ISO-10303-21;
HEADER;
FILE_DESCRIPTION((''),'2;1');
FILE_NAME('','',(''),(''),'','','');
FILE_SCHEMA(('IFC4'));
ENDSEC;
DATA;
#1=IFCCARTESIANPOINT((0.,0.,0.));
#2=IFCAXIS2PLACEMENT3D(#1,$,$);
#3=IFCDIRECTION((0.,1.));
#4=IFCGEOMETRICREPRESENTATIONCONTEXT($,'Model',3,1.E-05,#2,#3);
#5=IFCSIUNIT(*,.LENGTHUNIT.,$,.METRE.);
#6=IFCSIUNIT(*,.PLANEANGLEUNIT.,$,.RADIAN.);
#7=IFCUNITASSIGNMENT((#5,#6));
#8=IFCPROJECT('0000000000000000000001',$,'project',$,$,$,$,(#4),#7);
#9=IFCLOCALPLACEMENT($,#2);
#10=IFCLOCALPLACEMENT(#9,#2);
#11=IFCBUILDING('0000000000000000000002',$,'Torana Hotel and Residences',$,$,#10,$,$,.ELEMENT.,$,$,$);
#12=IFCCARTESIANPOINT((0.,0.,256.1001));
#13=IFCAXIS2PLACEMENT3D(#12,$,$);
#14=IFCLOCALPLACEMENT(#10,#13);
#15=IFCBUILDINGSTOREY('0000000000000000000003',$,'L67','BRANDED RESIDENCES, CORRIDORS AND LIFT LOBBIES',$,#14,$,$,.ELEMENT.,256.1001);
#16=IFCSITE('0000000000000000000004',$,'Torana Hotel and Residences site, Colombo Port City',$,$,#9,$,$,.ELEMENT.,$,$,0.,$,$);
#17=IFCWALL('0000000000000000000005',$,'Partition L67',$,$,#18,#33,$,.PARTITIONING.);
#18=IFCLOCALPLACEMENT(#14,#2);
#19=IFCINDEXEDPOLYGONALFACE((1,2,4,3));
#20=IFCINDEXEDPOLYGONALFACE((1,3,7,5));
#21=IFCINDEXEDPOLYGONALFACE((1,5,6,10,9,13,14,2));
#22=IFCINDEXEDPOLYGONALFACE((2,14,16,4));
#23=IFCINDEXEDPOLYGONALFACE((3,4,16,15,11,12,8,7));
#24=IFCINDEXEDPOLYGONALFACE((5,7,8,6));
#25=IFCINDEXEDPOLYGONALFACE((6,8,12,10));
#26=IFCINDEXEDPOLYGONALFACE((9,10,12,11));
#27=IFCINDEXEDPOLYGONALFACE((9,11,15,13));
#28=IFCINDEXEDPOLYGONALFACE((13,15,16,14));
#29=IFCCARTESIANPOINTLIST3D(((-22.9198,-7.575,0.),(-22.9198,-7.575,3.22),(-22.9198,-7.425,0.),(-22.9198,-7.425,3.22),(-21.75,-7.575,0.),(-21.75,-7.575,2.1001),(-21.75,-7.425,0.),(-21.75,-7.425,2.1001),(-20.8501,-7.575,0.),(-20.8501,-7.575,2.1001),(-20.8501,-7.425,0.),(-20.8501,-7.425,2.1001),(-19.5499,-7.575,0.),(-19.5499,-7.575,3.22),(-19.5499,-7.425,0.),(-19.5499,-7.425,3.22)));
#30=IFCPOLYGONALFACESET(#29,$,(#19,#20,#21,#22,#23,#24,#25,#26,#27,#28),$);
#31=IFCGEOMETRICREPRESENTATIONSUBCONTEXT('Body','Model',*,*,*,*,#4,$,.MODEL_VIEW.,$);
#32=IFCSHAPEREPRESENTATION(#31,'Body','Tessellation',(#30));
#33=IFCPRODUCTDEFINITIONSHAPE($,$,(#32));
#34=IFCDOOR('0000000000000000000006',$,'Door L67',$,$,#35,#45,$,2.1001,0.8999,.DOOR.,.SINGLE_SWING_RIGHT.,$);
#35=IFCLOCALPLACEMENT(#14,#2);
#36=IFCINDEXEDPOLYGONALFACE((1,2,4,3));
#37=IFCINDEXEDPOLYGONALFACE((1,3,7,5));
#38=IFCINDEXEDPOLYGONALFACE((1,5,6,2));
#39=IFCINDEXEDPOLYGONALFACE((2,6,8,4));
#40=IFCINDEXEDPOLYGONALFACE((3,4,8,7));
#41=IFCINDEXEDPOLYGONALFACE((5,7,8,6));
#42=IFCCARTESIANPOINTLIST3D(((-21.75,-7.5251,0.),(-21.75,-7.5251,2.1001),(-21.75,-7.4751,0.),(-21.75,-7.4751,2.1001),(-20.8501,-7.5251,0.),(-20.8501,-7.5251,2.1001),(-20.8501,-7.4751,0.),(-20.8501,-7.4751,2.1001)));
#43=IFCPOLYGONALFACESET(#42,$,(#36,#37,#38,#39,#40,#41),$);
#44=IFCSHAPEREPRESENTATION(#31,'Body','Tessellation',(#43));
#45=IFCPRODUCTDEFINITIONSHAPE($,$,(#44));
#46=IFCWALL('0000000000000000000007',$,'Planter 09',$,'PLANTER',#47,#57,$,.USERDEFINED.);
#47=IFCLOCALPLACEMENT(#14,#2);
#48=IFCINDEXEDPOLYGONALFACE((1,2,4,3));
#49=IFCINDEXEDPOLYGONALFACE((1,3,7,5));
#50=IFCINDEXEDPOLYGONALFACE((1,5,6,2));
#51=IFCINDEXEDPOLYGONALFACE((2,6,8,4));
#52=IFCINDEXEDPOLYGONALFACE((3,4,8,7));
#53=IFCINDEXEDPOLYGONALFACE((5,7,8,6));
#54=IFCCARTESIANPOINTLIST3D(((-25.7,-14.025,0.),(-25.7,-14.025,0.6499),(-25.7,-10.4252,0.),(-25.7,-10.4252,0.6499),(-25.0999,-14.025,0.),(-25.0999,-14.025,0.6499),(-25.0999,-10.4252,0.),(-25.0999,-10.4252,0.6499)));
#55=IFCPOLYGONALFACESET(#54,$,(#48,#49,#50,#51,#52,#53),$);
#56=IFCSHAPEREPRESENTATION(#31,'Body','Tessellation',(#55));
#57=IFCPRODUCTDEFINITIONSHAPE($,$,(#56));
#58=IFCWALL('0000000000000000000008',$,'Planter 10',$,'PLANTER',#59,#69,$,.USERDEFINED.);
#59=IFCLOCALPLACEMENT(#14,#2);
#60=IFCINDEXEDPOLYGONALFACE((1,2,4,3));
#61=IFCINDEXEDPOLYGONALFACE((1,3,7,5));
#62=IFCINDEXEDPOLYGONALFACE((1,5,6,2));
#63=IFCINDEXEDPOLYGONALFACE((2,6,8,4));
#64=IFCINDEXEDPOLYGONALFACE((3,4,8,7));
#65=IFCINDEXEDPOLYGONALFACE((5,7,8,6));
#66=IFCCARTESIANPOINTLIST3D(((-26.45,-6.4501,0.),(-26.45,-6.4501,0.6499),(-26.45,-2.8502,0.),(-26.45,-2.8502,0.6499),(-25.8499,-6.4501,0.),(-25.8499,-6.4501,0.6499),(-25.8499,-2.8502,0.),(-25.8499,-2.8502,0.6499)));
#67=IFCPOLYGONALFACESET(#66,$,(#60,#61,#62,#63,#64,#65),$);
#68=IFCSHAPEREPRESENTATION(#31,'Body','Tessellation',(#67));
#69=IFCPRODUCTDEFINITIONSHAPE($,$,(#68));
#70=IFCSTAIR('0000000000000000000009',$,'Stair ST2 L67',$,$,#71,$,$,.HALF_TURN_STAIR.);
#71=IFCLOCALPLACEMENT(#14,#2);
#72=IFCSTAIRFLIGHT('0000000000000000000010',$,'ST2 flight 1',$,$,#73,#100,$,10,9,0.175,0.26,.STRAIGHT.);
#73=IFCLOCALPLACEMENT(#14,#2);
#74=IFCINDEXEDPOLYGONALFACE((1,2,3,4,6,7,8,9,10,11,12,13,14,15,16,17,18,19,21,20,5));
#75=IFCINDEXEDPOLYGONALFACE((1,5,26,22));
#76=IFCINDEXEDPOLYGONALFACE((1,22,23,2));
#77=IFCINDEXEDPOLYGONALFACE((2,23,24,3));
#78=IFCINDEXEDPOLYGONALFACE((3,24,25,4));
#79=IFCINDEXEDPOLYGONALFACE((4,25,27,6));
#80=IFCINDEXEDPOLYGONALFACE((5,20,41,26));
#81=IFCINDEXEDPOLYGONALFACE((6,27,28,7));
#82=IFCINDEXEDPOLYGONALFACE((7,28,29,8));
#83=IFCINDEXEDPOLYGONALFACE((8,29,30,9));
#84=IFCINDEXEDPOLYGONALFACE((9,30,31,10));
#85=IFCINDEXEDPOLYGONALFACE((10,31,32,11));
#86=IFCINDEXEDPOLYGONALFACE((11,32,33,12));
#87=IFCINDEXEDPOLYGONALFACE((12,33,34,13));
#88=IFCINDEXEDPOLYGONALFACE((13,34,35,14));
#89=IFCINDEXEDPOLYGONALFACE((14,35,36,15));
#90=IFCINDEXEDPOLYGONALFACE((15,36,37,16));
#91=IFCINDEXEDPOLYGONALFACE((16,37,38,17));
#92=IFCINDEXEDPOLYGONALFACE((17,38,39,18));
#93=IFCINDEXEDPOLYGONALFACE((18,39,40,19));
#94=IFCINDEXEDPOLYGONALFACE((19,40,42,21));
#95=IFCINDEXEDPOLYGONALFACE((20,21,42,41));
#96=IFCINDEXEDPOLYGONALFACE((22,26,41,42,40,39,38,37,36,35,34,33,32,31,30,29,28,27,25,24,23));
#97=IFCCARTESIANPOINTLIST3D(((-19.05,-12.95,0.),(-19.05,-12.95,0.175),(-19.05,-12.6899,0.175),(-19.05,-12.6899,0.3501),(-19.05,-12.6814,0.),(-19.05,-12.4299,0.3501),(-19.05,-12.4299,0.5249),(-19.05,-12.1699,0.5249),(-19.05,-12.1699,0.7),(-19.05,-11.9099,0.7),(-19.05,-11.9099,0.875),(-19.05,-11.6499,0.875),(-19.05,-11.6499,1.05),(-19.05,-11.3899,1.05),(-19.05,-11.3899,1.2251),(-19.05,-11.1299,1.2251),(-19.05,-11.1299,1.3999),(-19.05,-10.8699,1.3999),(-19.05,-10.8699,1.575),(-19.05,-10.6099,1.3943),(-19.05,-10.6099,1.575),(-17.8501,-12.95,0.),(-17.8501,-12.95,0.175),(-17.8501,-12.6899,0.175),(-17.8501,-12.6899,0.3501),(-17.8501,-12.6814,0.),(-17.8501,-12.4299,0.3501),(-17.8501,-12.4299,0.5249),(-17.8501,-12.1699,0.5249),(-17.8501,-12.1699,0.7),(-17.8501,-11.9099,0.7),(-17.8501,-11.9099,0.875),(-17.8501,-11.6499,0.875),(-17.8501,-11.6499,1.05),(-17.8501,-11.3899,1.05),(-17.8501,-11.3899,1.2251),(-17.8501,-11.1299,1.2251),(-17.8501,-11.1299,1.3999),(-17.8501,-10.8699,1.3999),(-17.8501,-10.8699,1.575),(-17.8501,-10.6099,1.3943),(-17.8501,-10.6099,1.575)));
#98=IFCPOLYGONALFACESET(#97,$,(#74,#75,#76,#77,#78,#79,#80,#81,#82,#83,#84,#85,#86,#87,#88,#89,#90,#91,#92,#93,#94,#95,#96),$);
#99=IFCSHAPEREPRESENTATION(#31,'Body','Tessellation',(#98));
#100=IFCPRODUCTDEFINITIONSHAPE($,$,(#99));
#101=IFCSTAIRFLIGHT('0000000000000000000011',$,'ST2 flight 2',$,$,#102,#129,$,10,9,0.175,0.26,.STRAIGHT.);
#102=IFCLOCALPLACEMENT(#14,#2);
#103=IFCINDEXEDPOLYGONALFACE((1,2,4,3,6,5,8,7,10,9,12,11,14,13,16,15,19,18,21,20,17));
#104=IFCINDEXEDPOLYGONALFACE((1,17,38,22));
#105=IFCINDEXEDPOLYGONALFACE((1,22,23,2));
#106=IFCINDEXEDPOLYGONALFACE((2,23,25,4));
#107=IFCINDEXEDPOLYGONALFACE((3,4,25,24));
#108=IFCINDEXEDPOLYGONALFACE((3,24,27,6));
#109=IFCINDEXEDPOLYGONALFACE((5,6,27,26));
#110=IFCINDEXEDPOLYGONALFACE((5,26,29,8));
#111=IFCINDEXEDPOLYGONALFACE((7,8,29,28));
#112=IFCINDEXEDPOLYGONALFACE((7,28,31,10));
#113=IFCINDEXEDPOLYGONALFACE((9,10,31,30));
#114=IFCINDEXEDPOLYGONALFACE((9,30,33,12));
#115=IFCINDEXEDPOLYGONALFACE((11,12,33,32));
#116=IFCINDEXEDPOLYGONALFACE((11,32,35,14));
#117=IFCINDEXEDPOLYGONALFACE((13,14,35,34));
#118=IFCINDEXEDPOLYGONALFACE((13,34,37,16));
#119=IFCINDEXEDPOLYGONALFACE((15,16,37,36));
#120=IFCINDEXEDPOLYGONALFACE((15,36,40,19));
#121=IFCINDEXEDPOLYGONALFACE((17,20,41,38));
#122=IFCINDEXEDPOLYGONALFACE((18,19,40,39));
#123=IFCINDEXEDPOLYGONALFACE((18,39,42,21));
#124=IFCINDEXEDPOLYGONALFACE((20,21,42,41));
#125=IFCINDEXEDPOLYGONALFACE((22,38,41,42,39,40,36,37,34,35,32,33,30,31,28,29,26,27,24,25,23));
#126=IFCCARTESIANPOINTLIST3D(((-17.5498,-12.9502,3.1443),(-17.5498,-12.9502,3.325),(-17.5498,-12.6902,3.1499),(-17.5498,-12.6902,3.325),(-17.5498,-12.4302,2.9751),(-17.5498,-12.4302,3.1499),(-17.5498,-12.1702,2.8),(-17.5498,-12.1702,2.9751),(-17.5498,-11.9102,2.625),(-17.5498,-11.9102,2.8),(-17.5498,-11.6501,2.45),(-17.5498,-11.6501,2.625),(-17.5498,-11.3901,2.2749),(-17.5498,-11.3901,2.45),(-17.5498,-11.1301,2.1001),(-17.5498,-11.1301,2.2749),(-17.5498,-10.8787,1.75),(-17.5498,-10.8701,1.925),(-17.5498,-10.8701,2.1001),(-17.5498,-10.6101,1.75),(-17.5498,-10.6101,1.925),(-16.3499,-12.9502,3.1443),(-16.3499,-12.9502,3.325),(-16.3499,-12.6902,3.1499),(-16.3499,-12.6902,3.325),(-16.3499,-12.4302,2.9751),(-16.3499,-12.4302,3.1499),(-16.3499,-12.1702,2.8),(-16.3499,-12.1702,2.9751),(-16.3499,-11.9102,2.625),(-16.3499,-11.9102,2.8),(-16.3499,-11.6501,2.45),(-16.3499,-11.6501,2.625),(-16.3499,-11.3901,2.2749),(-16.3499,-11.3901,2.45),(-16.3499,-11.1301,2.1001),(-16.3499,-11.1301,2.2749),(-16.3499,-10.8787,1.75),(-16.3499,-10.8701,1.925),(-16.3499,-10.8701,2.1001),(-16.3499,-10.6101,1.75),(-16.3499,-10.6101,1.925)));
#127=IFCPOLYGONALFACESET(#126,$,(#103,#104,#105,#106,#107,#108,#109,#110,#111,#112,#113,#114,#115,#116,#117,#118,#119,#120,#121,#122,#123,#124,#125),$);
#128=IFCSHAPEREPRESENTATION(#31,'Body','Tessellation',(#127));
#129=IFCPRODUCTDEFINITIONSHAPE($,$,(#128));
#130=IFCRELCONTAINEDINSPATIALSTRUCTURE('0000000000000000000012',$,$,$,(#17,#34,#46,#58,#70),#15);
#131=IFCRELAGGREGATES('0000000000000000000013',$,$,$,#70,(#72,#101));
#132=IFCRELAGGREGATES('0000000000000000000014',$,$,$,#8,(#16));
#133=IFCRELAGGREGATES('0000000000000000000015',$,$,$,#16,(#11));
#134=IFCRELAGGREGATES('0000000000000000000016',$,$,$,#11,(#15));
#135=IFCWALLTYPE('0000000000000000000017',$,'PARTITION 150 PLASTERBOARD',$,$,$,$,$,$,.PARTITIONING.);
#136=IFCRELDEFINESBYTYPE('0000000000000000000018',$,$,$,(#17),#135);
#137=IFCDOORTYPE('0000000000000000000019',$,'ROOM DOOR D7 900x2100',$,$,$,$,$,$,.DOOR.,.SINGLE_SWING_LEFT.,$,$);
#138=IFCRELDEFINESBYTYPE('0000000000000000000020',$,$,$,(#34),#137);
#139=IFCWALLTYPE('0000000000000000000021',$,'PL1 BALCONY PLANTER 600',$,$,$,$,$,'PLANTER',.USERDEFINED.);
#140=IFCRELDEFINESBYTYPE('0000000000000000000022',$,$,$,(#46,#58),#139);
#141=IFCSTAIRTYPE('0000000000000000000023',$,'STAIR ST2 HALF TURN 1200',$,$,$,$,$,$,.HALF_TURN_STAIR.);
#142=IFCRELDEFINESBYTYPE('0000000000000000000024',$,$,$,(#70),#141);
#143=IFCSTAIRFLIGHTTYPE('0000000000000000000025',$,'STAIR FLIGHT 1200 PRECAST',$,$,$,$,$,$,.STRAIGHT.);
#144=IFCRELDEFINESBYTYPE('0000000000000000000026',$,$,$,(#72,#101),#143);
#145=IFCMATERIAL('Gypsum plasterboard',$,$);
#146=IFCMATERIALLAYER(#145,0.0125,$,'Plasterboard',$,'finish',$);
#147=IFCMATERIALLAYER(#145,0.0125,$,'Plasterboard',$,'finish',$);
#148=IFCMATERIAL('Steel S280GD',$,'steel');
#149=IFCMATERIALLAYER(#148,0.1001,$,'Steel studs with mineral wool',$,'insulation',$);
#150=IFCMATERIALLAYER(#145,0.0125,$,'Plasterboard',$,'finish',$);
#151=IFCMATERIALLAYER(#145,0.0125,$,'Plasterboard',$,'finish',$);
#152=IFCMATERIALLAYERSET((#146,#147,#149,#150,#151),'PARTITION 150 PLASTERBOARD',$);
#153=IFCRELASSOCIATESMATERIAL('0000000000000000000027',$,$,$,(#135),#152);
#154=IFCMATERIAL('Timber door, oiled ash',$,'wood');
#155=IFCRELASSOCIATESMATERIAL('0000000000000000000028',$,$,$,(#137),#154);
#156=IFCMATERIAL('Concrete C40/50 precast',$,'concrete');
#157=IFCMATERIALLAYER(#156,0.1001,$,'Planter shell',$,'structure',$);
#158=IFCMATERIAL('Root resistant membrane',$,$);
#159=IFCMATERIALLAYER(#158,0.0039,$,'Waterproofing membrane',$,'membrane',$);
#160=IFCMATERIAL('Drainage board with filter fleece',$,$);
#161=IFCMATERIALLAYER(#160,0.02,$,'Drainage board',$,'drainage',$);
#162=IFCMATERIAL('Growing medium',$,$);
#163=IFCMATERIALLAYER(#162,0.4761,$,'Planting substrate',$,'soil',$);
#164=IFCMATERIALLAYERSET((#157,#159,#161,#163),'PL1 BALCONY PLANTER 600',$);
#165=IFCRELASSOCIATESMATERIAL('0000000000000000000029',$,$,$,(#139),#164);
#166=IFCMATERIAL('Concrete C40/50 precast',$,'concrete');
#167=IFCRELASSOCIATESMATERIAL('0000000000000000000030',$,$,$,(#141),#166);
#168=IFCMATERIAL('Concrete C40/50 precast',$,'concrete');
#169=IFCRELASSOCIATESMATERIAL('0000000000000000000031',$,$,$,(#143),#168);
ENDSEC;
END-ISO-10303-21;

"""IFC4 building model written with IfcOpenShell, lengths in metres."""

from ifc_helpers import new_model, si_unit, direction, frame, frame_2d, origin, place, context, subcontext, project, spatial, polyline, rectangle, outline, extrude, material, layer, layer_set, type_object, element, fill, aggregate, save


model = new_model("IFC4")

# Units and contexts
model_context = context("Model", 3, precision=1e-05, world=origin(), true_north=direction((0.0, 1.0)))
body_context = subcontext(model_context, "Body", "Model", "MODEL_VIEW")
ifc_project = project(units=[si_unit("LENGTHUNIT", "METRE"), si_unit("PLANEANGLEUNIT", "RADIAN")], contexts=[model_context])

# Site, building, storey
site_placement = place(None, origin())
site = spatial("IfcSite", under=ifc_project, at=site_placement, Name="Torana Hotel and Residences site, Colombo Port City", CompositionType="ELEMENT", RefElevation=0.0)
building_placement = place(site_placement, origin())
building = spatial("IfcBuilding", under=site, at=building_placement, Name="Torana Hotel and Residences", CompositionType="ELEMENT")
storey_placement = place(building_placement, frame((0.0, 0.0, 256.1001)))
storey = spatial("IfcBuildingStorey", under=building, at=storey_placement, Name="L67", Description="BRANDED RESIDENCES, CORRIDORS AND LIFT LOBBIES", CompositionType="ELEMENT", Elevation=256.1001)

# Wall, opening, door
ifc_material_1 = material(Name="Gypsum plasterboard")
ifc_layer_1 = layer(ifc_material_1, 0.0125, Name="Plasterboard", Category="finish")
ifc_layer_2 = layer(ifc_material_1, 0.0125, Name="Plasterboard", Category="finish")
ifc_material_2 = material(Name="Steel S280GD", Category="steel")
ifc_layer_3 = layer(ifc_material_2, 0.1001, Name="Steel studs with mineral wool", Category="insulation")
ifc_layer_4 = layer(ifc_material_1, 0.0125, Name="Plasterboard", Category="finish")
ifc_layer_5 = layer(ifc_material_1, 0.0125, Name="Plasterboard", Category="finish")
ifc_layer_set_1 = layer_set([ifc_layer_1, ifc_layer_2, ifc_layer_3, ifc_layer_4, ifc_layer_5], Name="PARTITION 150 PLASTERBOARD")
wall_type_1 = type_object("IfcWallType", Name="PARTITION 150 PLASTERBOARD", PredefinedType="PARTITIONING", material=ifc_layer_set_1)
wall_1_placement = place(storey_placement, frame((-22.9199, -7.5, 0.0), z_axis=(0.0, 0.0, 1.0), x_axis=(1.0, 0.0, 0.0)))
wall_1 = element("IfcWall", 1, at=wall_1_placement, inside=storey, type_object=wall_type_1, Name="Partition L67", PredefinedType="PARTITIONING", context=body_context, shape_type="SweptSolid", body=[
    extrude(rectangle(XDim=3.3699, YDim=0.1499, at=frame_2d((1.6851, 0.0))), origin(), (0.0, 0.0, 1.0), 3.22),
])
opening_1_placement = place(wall_1_placement, frame((1.1699, 0.0, 0.0)))
opening_1 = element("IfcOpeningElement", 2, at=opening_1_placement, cuts=wall_1, PredefinedType="OPENING", context=body_context, shape_type="SweptSolid", body=[
    extrude(rectangle(XDim=0.8999, YDim=2.1001, at=frame_2d((0.45, 1.05))), frame((0.0, 0.085, 0.0), z_axis=(0.0, -1.0, 0.0), x_axis=(1.0, 0.0, 0.0)), (0.0, 0.0, 1.0), 0.1699),
])
ifc_material_3 = material(Name="Timber door, oiled ash", Category="wood")
door_type_1 = type_object("IfcDoorType", Name="ROOM DOOR D7 900x2100", OperationType="SINGLE_SWING_LEFT", PredefinedType="DOOR", material=ifc_material_3)
door_1_placement = place(opening_1_placement, origin())
door_1 = element("IfcDoor", 3, at=door_1_placement, inside=storey, type_object=door_type_1, Name="Door L67", OperationType="SINGLE_SWING_RIGHT", OverallHeight=2.1001, OverallWidth=0.8999, PredefinedType="DOOR", context=body_context, shape_type="SweptSolid", body=[
    extrude(rectangle(XDim=0.8999, YDim=2.1001, at=frame_2d((0.45, 1.05))), frame((0.0, 0.0249, 0.0), z_axis=(0.0, -1.0, 0.0), x_axis=(1.0, 0.0, 0.0)), (0.0, 0.0, 1.0), 0.05),
])
fill(opening_1, door_1)

# Walls
ifc_material_4 = material(Name="Concrete C40/50 precast", Category="concrete")
ifc_layer_6 = layer(ifc_material_4, 0.1001, Name="Planter shell", Category="structure")
ifc_material_5 = material(Name="Root resistant membrane")
ifc_layer_7 = layer(ifc_material_5, 0.0039, Name="Waterproofing membrane", Category="membrane")
ifc_material_6 = material(Name="Drainage board with filter fleece")
ifc_layer_8 = layer(ifc_material_6, 0.02, Name="Drainage board", Category="drainage")
ifc_material_7 = material(Name="Growing medium")
ifc_layer_9 = layer(ifc_material_7, 0.4761, Name="Planting substrate", Category="soil")
ifc_layer_set_2 = layer_set([ifc_layer_6, ifc_layer_7, ifc_layer_8, ifc_layer_9], Name="PL1 BALCONY PLANTER 600")
wall_type_2 = type_object("IfcWallType", Name="PL1 BALCONY PLANTER 600", ElementType="PLANTER", PredefinedType="USERDEFINED", material=ifc_layer_set_2)
for number, where, z_axis, x_axis, name in (
    (4, (-25.3999, -14.0249, 0.0), (0.0, 0.0, 1.0), (0.0, 1.0, 0.0), "Planter 09"),
    (5, (-26.1499, -6.45, 0.0), (0.0, 0.0, 1.0), (0.0, 1.0, 0.0), "Planter 10"),
):
    element("IfcWall", number, at=place(storey_placement, frame(where, z_axis=z_axis, x_axis=x_axis)), inside=storey, type_object=wall_type_2, Name=name, ObjectType="PLANTER", PredefinedType="USERDEFINED", context=body_context, shape_type="SweptSolid", body=[
        extrude(rectangle(XDim=3.5999, YDim=0.6001, at=frame_2d((1.7998, 0.0))), origin(), (0.0, 0.0, 1.0), 0.6499),
    ])

# Stair, stair flights
ifc_material_8 = material(Name="Concrete C40/50 precast", Category="concrete")
stair_type = type_object("IfcStairType", Name="STAIR ST2 HALF TURN 1200", PredefinedType="HALF_TURN_STAIR", material=ifc_material_8)
stair_placement = place(storey_placement, origin())
stair = element("IfcStair", 6, at=stair_placement, inside=storey, type_object=stair_type, Name="Stair ST2 L67", PredefinedType="HALF_TURN_STAIR")
ifc_material_9 = material(Name="Concrete C40/50 precast", Category="concrete")
stair_flight_type = type_object("IfcStairFlightType", Name="STAIR FLIGHT 1200 PRECAST", PredefinedType="STRAIGHT", material=ifc_material_9)
stair_flight_1_placement = place(storey_placement, frame((-18.45, -12.95, 0.0), z_axis=(0.0, 0.0, 1.0), x_axis=(0.0, 1.0, 0.0)))
stair_flight_1 = element("IfcStairFlight", 7, at=stair_flight_1_placement, type_object=stair_flight_type, Name="ST2 flight 1", NumberOfRisers=10, NumberOfTreads=9, PredefinedType="STRAIGHT", RiserHeight=0.175, TreadLength=0.26, context=body_context, shape_type="SweptSolid", body=[
    extrude(outline(polyline([(0.0, 0.0), (0.0, 0.175), (0.26, 0.175), (0.26, 0.3501), (0.52, 0.3501), (0.52, 0.5249), (0.78, 0.5249), (0.78, 0.7), (1.04, 0.7), (1.04, 0.875), (1.3, 0.875), (1.3, 1.05), (1.5601, 1.05), (1.5601, 1.2251), (1.8201, 1.2251), (1.8201, 1.3999), (2.0801, 1.3999), (2.0801, 1.575), (2.3401, 1.575), (2.3401, 1.75), (2.3401, 1.3943), (0.2686, 0.0), (0.0, 0.0)])), frame((0.0, 0.6001, 0.0), z_axis=(0.0, -1.0, 0.0), x_axis=(1.0, 0.0, 0.0)), (0.0, 0.0, 1.0), 1.2),
])
stair_flight_2_placement = place(storey_placement, frame((-16.95, -10.6101, 1.75), z_axis=(0.0, 0.0, 1.0), x_axis=(0.0, -1.0, 0.0)))
stair_flight_2 = element("IfcStairFlight", 8, at=stair_flight_2_placement, type_object=stair_flight_type, Name="ST2 flight 2", NumberOfRisers=10, NumberOfTreads=9, PredefinedType="STRAIGHT", RiserHeight=0.175, TreadLength=0.26, context=body_context, shape_type="SweptSolid", body=[
    extrude(outline(polyline([(0.0, 0.0), (0.0, 0.175), (0.26, 0.175), (0.26, 0.3501), (0.52, 0.3501), (0.52, 0.5249), (0.78, 0.5249), (0.78, 0.7), (1.04, 0.7), (1.04, 0.875), (1.3, 0.875), (1.3, 1.05), (1.5601, 1.05), (1.5601, 1.2251), (1.8201, 1.2251), (1.8201, 1.3999), (2.0801, 1.3999), (2.0801, 1.575), (2.3401, 1.575), (2.3401, 1.75), (2.3401, 1.3943), (0.2686, 0.0), (0.0, 0.0)])), frame((0.0, 0.6001, 0.0), z_axis=(0.0, -1.0, 0.0), x_axis=(1.0, 0.0, 0.0)), (0.0, 0.0, 1.0), 1.2),
])
aggregate(stair, [stair_flight_1, stair_flight_2])

save(model, "model.ifc")
